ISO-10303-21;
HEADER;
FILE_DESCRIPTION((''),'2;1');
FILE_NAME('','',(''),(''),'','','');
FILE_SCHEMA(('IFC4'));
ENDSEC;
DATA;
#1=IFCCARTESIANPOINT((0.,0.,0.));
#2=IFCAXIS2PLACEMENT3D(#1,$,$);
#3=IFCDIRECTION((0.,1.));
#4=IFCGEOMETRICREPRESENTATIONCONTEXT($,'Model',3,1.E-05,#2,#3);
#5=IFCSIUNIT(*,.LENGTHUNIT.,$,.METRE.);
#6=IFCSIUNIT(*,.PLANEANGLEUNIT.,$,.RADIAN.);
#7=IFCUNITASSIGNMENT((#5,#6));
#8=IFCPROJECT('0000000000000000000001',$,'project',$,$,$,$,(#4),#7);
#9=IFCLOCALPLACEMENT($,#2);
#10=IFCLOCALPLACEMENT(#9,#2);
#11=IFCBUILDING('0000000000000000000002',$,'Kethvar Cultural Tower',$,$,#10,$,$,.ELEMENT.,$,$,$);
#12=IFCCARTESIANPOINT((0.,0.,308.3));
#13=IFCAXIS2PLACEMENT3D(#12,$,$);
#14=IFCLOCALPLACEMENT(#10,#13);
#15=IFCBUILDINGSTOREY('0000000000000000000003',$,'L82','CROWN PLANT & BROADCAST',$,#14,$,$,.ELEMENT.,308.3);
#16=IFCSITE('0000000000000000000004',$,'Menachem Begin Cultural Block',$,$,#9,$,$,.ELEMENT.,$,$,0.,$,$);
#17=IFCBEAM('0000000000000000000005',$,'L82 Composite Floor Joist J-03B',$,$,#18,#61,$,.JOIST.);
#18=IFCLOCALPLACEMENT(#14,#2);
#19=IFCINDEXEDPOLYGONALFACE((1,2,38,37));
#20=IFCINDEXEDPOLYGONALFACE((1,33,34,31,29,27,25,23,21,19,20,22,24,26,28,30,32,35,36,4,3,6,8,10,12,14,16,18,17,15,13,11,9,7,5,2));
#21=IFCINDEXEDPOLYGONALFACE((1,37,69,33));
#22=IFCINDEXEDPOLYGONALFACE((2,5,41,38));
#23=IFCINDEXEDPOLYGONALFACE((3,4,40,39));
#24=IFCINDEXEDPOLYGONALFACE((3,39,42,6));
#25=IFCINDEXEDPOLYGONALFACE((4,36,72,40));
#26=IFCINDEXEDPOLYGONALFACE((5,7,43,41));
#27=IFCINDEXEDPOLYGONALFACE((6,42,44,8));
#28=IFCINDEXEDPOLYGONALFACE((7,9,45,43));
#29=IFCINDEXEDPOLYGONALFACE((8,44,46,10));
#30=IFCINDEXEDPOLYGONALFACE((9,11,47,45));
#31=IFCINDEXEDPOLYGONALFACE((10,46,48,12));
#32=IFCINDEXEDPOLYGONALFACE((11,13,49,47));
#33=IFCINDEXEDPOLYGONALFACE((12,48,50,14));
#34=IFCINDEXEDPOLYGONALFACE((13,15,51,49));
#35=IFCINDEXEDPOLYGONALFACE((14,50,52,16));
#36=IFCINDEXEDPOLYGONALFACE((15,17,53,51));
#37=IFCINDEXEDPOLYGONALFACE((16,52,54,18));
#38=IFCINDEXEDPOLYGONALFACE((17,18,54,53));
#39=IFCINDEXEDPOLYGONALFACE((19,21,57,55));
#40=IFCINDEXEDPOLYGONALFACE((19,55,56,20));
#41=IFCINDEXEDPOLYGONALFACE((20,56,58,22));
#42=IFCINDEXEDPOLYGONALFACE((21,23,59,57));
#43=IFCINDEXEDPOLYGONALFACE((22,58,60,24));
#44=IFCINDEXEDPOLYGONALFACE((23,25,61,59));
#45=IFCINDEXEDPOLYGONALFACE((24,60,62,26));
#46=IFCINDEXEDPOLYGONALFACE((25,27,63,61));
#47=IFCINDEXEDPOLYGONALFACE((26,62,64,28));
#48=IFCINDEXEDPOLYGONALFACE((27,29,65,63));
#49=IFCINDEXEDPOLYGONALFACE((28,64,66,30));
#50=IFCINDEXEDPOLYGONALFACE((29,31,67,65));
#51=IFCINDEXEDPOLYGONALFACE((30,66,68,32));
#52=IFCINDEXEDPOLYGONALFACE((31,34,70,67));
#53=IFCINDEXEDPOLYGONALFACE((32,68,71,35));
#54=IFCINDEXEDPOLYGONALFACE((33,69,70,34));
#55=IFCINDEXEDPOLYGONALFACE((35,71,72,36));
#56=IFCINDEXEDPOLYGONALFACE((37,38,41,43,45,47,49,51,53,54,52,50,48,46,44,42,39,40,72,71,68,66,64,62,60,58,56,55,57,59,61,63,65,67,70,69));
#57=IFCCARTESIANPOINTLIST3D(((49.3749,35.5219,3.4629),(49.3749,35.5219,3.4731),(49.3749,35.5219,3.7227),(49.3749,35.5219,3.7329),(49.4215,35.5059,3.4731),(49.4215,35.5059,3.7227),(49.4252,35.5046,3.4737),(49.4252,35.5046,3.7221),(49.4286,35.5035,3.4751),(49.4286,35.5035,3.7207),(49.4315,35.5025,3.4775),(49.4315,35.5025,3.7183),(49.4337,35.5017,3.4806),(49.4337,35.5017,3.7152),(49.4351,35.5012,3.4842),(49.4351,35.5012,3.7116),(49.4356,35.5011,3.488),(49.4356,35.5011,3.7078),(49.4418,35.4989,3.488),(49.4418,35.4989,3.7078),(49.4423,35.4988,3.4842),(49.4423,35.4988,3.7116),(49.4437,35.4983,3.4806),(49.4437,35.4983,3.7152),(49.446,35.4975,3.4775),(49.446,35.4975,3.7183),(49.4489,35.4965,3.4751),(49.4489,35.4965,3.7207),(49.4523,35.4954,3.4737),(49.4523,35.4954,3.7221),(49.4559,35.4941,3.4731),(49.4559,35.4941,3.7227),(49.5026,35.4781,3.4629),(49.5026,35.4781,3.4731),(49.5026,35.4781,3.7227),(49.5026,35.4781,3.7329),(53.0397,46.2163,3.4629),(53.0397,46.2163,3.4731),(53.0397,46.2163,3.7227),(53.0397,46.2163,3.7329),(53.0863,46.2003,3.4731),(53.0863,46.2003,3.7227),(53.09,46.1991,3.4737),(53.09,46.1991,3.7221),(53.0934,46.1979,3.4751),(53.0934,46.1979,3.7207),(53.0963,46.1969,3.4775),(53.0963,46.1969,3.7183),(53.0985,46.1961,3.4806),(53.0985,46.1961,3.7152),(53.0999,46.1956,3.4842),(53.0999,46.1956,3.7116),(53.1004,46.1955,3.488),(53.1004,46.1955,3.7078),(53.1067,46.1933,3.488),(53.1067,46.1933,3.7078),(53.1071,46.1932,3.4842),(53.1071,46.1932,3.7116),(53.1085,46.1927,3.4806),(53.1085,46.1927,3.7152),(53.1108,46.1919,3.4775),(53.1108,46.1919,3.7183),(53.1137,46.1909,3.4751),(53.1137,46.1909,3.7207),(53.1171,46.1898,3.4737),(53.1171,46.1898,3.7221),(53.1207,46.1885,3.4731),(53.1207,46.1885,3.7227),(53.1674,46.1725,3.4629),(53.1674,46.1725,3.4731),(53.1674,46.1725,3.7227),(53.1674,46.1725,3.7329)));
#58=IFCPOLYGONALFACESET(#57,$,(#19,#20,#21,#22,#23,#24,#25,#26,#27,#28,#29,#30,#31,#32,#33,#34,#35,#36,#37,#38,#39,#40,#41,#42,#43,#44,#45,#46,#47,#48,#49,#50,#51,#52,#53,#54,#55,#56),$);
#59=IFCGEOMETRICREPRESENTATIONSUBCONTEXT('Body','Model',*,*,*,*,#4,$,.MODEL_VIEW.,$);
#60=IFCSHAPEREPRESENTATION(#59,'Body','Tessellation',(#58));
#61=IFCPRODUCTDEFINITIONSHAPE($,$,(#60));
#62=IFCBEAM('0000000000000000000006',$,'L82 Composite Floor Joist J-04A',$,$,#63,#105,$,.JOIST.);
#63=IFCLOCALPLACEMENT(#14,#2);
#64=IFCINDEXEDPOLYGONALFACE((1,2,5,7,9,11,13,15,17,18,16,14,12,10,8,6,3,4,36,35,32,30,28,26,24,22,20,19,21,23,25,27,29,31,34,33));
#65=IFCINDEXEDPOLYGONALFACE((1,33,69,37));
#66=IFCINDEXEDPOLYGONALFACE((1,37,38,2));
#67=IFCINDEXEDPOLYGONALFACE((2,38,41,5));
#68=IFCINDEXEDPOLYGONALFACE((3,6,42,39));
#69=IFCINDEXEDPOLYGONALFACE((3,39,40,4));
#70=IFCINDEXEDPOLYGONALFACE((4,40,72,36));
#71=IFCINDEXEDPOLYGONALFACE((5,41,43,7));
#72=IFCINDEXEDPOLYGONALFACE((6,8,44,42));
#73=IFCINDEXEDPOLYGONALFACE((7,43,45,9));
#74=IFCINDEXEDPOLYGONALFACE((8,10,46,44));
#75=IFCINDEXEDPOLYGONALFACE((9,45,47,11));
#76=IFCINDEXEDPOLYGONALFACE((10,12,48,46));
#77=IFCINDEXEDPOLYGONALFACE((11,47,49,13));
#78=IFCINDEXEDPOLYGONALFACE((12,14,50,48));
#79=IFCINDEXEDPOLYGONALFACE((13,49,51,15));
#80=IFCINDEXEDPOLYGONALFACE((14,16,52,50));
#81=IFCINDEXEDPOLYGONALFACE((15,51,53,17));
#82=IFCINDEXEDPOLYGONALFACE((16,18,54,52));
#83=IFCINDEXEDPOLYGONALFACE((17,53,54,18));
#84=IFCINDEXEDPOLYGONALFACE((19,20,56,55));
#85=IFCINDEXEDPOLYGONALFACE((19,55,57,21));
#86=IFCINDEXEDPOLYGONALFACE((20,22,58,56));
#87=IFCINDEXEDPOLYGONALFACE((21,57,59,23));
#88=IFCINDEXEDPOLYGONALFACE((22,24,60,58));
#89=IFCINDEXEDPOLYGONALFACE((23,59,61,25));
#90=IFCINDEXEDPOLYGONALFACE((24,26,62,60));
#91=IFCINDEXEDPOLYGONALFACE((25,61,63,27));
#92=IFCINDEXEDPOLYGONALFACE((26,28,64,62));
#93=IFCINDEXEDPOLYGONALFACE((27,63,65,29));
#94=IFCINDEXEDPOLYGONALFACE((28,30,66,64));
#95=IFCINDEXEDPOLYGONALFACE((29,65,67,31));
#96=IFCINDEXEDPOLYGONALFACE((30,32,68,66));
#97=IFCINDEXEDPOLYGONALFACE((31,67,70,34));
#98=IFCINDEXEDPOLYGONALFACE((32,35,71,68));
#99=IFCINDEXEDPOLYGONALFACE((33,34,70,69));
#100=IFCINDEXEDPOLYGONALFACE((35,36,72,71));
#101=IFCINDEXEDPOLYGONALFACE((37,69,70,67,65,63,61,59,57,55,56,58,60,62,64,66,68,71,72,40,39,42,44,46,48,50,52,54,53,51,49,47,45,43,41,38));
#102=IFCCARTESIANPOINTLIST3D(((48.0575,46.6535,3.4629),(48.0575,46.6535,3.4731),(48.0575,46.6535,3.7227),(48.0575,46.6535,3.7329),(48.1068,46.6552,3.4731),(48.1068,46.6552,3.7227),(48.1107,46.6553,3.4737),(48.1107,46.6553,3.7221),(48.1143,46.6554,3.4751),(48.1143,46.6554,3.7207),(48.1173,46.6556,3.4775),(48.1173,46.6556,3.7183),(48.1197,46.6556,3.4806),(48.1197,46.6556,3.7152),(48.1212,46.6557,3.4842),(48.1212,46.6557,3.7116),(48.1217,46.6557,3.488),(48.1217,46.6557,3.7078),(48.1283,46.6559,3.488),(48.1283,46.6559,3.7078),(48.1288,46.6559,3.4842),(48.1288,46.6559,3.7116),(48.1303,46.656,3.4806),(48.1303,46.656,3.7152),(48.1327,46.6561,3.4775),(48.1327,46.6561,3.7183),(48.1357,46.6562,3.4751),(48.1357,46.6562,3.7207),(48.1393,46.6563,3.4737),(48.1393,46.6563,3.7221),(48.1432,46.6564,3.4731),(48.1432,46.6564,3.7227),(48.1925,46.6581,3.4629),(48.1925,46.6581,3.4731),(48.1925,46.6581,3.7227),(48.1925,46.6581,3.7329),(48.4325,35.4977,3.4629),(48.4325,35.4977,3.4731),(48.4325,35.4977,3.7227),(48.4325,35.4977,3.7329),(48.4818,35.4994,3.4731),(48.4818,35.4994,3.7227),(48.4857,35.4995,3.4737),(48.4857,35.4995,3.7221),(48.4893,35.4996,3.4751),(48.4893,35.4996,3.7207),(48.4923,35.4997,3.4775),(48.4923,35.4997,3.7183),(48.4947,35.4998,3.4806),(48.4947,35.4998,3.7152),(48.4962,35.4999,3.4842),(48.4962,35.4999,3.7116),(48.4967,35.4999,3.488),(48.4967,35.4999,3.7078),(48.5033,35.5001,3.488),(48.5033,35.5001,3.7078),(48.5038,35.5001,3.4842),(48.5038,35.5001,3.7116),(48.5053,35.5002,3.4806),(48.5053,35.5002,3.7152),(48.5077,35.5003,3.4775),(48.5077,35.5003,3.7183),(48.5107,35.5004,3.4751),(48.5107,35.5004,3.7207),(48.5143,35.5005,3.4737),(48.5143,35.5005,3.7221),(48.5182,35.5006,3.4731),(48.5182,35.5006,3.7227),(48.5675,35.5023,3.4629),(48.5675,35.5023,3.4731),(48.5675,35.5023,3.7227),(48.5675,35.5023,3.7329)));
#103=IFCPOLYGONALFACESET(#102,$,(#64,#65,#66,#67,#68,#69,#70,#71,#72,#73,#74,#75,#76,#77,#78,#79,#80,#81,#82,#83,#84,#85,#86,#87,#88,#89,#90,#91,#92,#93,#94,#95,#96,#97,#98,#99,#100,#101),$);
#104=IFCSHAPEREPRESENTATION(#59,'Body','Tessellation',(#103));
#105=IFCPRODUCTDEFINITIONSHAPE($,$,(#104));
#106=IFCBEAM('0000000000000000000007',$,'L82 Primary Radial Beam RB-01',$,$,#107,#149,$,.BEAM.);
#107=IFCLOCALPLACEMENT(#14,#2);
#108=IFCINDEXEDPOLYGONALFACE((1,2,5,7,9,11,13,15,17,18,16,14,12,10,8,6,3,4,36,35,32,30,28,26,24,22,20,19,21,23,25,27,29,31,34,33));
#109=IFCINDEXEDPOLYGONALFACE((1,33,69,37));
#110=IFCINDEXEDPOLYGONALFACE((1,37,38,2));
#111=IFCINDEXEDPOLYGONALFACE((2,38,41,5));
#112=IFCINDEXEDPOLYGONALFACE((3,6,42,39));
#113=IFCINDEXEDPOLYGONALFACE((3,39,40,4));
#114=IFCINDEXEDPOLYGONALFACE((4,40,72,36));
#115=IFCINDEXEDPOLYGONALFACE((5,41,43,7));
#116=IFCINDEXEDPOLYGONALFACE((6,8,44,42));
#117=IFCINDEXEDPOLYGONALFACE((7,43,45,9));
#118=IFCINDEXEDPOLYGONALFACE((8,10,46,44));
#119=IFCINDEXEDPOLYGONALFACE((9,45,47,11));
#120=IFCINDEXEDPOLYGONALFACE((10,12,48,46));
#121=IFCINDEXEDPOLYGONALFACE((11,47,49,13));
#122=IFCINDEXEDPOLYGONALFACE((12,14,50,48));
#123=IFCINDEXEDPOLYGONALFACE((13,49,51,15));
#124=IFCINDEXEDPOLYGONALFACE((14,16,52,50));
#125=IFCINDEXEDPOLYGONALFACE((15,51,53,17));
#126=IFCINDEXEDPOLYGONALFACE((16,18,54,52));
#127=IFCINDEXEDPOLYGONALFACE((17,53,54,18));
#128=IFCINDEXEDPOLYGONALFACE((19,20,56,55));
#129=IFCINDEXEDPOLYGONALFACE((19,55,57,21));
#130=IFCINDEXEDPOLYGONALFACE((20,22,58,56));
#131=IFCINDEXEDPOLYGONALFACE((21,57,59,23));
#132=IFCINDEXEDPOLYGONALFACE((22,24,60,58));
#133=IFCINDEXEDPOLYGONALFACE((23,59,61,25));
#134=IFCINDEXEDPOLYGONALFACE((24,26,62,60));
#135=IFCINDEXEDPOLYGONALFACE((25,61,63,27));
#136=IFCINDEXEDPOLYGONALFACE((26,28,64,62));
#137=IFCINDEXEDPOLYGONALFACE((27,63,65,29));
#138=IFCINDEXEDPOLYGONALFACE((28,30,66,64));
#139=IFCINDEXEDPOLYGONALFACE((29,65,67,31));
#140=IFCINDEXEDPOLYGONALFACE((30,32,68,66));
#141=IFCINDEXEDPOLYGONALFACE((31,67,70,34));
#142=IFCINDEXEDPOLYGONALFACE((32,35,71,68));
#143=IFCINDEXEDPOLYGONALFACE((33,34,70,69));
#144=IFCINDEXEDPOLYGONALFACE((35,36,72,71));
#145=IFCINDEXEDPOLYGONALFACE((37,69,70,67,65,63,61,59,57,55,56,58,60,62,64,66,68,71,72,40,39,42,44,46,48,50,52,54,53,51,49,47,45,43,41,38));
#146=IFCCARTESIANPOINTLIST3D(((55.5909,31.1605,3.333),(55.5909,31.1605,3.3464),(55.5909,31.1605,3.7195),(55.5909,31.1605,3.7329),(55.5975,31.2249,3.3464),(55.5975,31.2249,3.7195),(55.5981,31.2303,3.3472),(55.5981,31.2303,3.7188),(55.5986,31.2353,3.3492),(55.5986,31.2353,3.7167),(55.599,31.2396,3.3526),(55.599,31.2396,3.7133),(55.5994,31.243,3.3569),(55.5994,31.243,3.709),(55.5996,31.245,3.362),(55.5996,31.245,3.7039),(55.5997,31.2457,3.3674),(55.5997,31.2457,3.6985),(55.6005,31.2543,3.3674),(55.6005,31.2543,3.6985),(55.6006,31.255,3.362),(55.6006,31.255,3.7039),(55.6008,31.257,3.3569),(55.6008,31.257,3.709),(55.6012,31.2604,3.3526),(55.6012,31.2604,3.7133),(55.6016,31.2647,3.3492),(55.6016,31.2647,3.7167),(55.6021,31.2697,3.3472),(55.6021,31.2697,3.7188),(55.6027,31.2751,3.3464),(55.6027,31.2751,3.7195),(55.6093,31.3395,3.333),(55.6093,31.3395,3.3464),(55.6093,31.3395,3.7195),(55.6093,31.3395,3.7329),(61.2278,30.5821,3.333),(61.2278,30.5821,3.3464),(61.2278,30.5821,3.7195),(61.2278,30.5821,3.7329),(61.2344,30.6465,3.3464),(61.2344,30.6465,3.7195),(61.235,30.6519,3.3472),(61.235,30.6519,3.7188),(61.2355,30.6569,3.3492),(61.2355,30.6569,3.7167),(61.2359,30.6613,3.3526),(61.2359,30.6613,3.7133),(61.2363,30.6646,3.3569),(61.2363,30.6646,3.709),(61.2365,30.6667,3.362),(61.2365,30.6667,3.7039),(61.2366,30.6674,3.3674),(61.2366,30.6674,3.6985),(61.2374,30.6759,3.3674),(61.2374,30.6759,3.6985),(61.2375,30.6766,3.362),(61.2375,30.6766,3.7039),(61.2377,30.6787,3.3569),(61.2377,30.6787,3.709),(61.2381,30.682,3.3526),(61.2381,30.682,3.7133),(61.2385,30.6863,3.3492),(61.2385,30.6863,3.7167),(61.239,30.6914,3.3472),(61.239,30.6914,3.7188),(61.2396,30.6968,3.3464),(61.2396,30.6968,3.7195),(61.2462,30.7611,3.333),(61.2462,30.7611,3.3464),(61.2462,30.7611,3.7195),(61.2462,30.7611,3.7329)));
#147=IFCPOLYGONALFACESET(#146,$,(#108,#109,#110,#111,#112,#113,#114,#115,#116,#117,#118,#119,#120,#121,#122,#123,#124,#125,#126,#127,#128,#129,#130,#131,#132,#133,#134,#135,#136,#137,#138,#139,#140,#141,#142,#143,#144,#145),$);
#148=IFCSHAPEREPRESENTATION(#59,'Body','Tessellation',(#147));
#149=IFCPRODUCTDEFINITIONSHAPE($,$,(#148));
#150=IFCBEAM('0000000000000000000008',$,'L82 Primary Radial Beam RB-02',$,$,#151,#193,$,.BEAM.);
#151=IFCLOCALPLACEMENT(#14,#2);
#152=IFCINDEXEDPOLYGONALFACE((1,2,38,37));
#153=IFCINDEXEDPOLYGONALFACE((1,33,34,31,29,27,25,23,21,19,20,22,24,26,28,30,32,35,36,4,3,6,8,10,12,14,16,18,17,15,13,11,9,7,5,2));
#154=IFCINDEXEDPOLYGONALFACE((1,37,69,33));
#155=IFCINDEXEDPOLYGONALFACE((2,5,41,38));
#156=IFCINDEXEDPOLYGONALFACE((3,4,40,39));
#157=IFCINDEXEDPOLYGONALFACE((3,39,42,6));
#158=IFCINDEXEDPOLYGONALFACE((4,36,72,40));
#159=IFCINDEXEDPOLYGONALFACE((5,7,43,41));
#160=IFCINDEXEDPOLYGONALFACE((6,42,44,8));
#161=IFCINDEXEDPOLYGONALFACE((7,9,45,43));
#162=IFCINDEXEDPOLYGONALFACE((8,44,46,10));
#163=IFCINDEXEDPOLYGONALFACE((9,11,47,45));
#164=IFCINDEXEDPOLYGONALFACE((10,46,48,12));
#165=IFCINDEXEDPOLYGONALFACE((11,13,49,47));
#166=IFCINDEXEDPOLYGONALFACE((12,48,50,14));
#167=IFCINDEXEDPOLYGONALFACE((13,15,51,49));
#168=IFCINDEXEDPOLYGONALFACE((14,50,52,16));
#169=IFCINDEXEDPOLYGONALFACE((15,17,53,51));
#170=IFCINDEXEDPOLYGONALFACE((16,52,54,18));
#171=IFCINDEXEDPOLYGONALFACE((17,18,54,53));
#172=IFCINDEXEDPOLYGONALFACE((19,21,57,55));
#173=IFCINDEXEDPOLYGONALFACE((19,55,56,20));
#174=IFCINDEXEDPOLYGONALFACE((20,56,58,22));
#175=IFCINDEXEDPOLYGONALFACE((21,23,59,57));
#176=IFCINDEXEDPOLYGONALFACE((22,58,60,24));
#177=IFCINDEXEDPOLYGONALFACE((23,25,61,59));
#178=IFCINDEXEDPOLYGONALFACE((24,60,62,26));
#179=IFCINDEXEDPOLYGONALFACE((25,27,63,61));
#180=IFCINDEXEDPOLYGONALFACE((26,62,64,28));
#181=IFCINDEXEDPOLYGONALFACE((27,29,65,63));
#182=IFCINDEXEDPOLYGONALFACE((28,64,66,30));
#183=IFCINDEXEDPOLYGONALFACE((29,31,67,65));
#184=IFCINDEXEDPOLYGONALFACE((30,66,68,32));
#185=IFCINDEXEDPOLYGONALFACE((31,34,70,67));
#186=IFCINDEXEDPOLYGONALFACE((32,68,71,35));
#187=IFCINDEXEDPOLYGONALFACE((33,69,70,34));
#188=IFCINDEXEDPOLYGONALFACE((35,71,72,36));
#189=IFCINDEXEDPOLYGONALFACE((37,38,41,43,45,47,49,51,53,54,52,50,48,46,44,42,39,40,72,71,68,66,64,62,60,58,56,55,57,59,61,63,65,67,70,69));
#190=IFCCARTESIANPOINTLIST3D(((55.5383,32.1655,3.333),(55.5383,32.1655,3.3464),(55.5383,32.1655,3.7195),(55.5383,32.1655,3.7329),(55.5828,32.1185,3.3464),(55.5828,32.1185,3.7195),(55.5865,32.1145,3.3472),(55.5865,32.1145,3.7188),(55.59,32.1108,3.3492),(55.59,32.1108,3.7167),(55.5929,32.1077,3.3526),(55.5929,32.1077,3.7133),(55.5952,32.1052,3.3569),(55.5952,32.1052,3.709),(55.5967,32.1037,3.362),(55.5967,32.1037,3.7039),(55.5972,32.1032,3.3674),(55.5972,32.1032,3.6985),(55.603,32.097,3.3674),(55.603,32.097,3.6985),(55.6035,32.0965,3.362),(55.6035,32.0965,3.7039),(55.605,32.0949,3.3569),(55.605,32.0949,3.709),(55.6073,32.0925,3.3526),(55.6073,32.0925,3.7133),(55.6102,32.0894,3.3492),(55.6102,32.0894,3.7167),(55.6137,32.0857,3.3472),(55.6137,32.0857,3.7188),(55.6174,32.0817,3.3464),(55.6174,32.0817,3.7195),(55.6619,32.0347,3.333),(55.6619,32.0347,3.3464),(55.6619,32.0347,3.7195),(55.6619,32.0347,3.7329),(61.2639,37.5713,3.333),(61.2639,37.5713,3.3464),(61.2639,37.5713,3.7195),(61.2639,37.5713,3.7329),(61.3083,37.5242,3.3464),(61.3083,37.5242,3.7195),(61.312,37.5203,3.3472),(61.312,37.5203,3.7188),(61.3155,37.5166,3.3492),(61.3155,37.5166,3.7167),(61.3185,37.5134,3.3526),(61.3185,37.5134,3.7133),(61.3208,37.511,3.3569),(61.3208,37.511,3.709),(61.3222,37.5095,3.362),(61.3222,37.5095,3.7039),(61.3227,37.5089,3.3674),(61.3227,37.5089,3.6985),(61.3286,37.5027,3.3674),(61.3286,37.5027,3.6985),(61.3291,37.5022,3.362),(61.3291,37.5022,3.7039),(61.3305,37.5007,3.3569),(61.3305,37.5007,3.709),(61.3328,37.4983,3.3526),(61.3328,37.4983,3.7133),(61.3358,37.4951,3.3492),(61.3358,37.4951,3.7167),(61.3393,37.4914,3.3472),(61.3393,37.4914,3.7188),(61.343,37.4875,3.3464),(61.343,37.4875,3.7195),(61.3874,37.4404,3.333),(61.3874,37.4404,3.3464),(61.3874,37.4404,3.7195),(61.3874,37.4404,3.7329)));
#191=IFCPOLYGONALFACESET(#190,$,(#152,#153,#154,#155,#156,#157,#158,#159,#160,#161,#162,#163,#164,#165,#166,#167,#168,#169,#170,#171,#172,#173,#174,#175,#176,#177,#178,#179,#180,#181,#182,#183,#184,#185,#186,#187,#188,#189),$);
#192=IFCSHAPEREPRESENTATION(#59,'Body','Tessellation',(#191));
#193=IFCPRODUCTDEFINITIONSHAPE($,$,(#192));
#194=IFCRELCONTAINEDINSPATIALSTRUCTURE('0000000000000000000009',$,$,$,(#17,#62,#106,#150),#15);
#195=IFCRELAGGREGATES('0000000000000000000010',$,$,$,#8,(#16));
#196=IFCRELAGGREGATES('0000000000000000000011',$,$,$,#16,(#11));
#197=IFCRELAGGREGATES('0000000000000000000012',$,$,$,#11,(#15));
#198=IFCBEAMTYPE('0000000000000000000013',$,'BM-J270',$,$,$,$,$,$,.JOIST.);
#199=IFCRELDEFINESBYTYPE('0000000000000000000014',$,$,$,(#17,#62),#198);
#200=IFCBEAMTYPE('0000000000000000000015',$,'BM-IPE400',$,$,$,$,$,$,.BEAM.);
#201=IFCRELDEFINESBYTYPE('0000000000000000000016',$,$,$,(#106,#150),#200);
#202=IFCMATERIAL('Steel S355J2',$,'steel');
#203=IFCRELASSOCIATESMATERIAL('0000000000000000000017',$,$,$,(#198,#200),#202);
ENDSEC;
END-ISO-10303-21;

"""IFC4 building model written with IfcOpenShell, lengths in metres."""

from ifc_helpers import new_model, si_unit, direction, frame, origin, origin_2d, place, context, subcontext, project, spatial, i_section, extrude, source, transform, mapped, material, material_profile, profile_set, type_object, element, save


model = new_model("IFC4")

# Units and contexts
model_context = context("Model", 3, precision=1e-05, world=origin(), true_north=direction((0.0, 1.0)))
body_context = subcontext(model_context, "Body", "Model", "MODEL_VIEW")
ifc_project = project(units=[si_unit("LENGTHUNIT", "METRE"), si_unit("PLANEANGLEUNIT", "RADIAN")], contexts=[model_context])

# Site, building, storey
site_placement = place(None, origin())
site = spatial("IfcSite", under=ifc_project, at=site_placement, Name="Menachem Begin Cultural Block", CompositionType="ELEMENT", RefElevation=0.0)
building_placement = place(site_placement, origin())
building = spatial("IfcBuilding", under=site, at=building_placement, Name="Kethvar Cultural Tower", CompositionType="ELEMENT")
storey_placement = place(building_placement, frame((0.0, 0.0, 308.3)))
storey = spatial("IfcBuildingStorey", under=building, at=storey_placement, Name="L82", Description="CROWN PLANT & BROADCAST", CompositionType="ELEMENT", Elevation=308.3)

# Beams
ifc_material_1 = material(Name="Steel S355J2", Category="steel")
ifc_material_profile_1 = material_profile(ifc_material_1, i_section(OverallWidth=0.135, OverallDepth=0.27, WebThickness=0.0066, FlangeThickness=0.0103, FilletRadius=0.0149, at=origin_2d()), Name="Steel S355J2 — IPE270")
ifc_profile_set_1 = profile_set([ifc_material_profile_1], Name="Steel S355J2 — IPE270")
beam_type_1 = type_object("IfcBeamType", Name="BM-J270", PredefinedType="JOIST", material=ifc_profile_set_1)
shared_shape_1 = source(origin(), body_context, "Body", "SweptSolid", [
    extrude(i_section(OverallWidth=0.135, OverallDepth=0.27, WebThickness=0.0066, FlangeThickness=0.0103, FilletRadius=0.0149, at=origin_2d()), origin(), (0.0, 0.0, 1.0), 11.3049),
])
beam_1_placement = place(storey_placement, frame((49.4387, 35.5, 3.5979), z_axis=(0.324179, 0.945996, 0.0), x_axis=(-0.945996, 0.324179, 0.0)))
element("IfcBeam", 1, at=beam_1_placement, inside=storey, type_object=beam_type_1, Name="L82 Composite Floor Joist J-03B", PredefinedType="JOIST", context=body_context, shape_type="MappedRepresentation", body=[
    mapped(shared_shape_1, transform((0.0, 0.0, 0.0), scale=1.0)),
])
shared_shape_2 = source(origin(), body_context, "Body", "SweptSolid", [
    extrude(i_section(OverallWidth=0.135, OverallDepth=0.27, WebThickness=0.0066, FlangeThickness=0.0103, FilletRadius=0.0149, at=origin_2d()), origin(), (0.0, 0.0, 1.0), 11.1621),
])
beam_2_placement = place(storey_placement, frame((48.5, 35.5, 3.5979), z_axis=(-0.033596, 0.999435, 0.0), x_axis=(-0.999435, -0.033596, 0.0)))
element("IfcBeam", 2, at=beam_2_placement, inside=storey, type_object=beam_type_1, Name="L82 Composite Floor Joist J-04A", PredefinedType="JOIST", context=body_context, shape_type="MappedRepresentation", body=[
    mapped(shared_shape_2, transform((0.0, 0.0, 0.0), scale=1.0)),
])
ifc_material_profile_2 = material_profile(ifc_material_1, i_section(OverallWidth=0.1799, OverallDepth=0.3999, WebThickness=0.0085, FlangeThickness=0.0134, FilletRadius=0.021, at=origin_2d()), Name="Steel S355J2 — IPE400")
ifc_profile_set_2 = profile_set([ifc_material_profile_2], Name="Steel S355J2 — IPE400")
beam_type_2 = type_object("IfcBeamType", Name="BM-IPE400", PredefinedType="BEAM", material=ifc_profile_set_2)
shared_shape_3 = source(origin(), body_context, "Body", "SweptSolid", [
    extrude(i_section(OverallWidth=0.1799, OverallDepth=0.3999, WebThickness=0.0085, FlangeThickness=0.0134, FilletRadius=0.021, at=origin_2d()), origin(), (0.0, 0.0, 1.0), 5.6665),
])
beam_3_placement = place(storey_placement, frame((55.6001, 31.25, 3.533), z_axis=(0.994778, -0.102067, 0.0), x_axis=(0.102067, 0.994778, 0.0)))
element("IfcBeam", 3, at=beam_3_placement, inside=storey, type_object=beam_type_2, Name="L82 Primary Radial Beam RB-01", PredefinedType="BEAM", context=body_context, shape_type="MappedRepresentation", body=[
    mapped(shared_shape_3, transform((0.0, 0.0, 0.0), scale=1.0)),
])
shared_shape_4 = source(origin(), body_context, "Body", "SweptSolid", [
    extrude(i_section(OverallWidth=0.1799, OverallDepth=0.3999, WebThickness=0.0085, FlangeThickness=0.0134, FilletRadius=0.021, at=origin_2d()), origin(), (0.0, 0.0, 1.0), 7.8743),
])
beam_4_placement = place(storey_placement, frame((55.6001, 32.1001, 3.533), z_axis=(0.727123, 0.686507, 0.0), x_axis=(-0.686507, 0.727123, 0.0)))
element("IfcBeam", 4, at=beam_4_placement, inside=storey, type_object=beam_type_2, Name="L82 Primary Radial Beam RB-02", PredefinedType="BEAM", context=body_context, shape_type="MappedRepresentation", body=[
    mapped(shared_shape_4, transform((0.0, 0.0, 0.0), scale=1.0)),
])

save(model, "model.ifc")
